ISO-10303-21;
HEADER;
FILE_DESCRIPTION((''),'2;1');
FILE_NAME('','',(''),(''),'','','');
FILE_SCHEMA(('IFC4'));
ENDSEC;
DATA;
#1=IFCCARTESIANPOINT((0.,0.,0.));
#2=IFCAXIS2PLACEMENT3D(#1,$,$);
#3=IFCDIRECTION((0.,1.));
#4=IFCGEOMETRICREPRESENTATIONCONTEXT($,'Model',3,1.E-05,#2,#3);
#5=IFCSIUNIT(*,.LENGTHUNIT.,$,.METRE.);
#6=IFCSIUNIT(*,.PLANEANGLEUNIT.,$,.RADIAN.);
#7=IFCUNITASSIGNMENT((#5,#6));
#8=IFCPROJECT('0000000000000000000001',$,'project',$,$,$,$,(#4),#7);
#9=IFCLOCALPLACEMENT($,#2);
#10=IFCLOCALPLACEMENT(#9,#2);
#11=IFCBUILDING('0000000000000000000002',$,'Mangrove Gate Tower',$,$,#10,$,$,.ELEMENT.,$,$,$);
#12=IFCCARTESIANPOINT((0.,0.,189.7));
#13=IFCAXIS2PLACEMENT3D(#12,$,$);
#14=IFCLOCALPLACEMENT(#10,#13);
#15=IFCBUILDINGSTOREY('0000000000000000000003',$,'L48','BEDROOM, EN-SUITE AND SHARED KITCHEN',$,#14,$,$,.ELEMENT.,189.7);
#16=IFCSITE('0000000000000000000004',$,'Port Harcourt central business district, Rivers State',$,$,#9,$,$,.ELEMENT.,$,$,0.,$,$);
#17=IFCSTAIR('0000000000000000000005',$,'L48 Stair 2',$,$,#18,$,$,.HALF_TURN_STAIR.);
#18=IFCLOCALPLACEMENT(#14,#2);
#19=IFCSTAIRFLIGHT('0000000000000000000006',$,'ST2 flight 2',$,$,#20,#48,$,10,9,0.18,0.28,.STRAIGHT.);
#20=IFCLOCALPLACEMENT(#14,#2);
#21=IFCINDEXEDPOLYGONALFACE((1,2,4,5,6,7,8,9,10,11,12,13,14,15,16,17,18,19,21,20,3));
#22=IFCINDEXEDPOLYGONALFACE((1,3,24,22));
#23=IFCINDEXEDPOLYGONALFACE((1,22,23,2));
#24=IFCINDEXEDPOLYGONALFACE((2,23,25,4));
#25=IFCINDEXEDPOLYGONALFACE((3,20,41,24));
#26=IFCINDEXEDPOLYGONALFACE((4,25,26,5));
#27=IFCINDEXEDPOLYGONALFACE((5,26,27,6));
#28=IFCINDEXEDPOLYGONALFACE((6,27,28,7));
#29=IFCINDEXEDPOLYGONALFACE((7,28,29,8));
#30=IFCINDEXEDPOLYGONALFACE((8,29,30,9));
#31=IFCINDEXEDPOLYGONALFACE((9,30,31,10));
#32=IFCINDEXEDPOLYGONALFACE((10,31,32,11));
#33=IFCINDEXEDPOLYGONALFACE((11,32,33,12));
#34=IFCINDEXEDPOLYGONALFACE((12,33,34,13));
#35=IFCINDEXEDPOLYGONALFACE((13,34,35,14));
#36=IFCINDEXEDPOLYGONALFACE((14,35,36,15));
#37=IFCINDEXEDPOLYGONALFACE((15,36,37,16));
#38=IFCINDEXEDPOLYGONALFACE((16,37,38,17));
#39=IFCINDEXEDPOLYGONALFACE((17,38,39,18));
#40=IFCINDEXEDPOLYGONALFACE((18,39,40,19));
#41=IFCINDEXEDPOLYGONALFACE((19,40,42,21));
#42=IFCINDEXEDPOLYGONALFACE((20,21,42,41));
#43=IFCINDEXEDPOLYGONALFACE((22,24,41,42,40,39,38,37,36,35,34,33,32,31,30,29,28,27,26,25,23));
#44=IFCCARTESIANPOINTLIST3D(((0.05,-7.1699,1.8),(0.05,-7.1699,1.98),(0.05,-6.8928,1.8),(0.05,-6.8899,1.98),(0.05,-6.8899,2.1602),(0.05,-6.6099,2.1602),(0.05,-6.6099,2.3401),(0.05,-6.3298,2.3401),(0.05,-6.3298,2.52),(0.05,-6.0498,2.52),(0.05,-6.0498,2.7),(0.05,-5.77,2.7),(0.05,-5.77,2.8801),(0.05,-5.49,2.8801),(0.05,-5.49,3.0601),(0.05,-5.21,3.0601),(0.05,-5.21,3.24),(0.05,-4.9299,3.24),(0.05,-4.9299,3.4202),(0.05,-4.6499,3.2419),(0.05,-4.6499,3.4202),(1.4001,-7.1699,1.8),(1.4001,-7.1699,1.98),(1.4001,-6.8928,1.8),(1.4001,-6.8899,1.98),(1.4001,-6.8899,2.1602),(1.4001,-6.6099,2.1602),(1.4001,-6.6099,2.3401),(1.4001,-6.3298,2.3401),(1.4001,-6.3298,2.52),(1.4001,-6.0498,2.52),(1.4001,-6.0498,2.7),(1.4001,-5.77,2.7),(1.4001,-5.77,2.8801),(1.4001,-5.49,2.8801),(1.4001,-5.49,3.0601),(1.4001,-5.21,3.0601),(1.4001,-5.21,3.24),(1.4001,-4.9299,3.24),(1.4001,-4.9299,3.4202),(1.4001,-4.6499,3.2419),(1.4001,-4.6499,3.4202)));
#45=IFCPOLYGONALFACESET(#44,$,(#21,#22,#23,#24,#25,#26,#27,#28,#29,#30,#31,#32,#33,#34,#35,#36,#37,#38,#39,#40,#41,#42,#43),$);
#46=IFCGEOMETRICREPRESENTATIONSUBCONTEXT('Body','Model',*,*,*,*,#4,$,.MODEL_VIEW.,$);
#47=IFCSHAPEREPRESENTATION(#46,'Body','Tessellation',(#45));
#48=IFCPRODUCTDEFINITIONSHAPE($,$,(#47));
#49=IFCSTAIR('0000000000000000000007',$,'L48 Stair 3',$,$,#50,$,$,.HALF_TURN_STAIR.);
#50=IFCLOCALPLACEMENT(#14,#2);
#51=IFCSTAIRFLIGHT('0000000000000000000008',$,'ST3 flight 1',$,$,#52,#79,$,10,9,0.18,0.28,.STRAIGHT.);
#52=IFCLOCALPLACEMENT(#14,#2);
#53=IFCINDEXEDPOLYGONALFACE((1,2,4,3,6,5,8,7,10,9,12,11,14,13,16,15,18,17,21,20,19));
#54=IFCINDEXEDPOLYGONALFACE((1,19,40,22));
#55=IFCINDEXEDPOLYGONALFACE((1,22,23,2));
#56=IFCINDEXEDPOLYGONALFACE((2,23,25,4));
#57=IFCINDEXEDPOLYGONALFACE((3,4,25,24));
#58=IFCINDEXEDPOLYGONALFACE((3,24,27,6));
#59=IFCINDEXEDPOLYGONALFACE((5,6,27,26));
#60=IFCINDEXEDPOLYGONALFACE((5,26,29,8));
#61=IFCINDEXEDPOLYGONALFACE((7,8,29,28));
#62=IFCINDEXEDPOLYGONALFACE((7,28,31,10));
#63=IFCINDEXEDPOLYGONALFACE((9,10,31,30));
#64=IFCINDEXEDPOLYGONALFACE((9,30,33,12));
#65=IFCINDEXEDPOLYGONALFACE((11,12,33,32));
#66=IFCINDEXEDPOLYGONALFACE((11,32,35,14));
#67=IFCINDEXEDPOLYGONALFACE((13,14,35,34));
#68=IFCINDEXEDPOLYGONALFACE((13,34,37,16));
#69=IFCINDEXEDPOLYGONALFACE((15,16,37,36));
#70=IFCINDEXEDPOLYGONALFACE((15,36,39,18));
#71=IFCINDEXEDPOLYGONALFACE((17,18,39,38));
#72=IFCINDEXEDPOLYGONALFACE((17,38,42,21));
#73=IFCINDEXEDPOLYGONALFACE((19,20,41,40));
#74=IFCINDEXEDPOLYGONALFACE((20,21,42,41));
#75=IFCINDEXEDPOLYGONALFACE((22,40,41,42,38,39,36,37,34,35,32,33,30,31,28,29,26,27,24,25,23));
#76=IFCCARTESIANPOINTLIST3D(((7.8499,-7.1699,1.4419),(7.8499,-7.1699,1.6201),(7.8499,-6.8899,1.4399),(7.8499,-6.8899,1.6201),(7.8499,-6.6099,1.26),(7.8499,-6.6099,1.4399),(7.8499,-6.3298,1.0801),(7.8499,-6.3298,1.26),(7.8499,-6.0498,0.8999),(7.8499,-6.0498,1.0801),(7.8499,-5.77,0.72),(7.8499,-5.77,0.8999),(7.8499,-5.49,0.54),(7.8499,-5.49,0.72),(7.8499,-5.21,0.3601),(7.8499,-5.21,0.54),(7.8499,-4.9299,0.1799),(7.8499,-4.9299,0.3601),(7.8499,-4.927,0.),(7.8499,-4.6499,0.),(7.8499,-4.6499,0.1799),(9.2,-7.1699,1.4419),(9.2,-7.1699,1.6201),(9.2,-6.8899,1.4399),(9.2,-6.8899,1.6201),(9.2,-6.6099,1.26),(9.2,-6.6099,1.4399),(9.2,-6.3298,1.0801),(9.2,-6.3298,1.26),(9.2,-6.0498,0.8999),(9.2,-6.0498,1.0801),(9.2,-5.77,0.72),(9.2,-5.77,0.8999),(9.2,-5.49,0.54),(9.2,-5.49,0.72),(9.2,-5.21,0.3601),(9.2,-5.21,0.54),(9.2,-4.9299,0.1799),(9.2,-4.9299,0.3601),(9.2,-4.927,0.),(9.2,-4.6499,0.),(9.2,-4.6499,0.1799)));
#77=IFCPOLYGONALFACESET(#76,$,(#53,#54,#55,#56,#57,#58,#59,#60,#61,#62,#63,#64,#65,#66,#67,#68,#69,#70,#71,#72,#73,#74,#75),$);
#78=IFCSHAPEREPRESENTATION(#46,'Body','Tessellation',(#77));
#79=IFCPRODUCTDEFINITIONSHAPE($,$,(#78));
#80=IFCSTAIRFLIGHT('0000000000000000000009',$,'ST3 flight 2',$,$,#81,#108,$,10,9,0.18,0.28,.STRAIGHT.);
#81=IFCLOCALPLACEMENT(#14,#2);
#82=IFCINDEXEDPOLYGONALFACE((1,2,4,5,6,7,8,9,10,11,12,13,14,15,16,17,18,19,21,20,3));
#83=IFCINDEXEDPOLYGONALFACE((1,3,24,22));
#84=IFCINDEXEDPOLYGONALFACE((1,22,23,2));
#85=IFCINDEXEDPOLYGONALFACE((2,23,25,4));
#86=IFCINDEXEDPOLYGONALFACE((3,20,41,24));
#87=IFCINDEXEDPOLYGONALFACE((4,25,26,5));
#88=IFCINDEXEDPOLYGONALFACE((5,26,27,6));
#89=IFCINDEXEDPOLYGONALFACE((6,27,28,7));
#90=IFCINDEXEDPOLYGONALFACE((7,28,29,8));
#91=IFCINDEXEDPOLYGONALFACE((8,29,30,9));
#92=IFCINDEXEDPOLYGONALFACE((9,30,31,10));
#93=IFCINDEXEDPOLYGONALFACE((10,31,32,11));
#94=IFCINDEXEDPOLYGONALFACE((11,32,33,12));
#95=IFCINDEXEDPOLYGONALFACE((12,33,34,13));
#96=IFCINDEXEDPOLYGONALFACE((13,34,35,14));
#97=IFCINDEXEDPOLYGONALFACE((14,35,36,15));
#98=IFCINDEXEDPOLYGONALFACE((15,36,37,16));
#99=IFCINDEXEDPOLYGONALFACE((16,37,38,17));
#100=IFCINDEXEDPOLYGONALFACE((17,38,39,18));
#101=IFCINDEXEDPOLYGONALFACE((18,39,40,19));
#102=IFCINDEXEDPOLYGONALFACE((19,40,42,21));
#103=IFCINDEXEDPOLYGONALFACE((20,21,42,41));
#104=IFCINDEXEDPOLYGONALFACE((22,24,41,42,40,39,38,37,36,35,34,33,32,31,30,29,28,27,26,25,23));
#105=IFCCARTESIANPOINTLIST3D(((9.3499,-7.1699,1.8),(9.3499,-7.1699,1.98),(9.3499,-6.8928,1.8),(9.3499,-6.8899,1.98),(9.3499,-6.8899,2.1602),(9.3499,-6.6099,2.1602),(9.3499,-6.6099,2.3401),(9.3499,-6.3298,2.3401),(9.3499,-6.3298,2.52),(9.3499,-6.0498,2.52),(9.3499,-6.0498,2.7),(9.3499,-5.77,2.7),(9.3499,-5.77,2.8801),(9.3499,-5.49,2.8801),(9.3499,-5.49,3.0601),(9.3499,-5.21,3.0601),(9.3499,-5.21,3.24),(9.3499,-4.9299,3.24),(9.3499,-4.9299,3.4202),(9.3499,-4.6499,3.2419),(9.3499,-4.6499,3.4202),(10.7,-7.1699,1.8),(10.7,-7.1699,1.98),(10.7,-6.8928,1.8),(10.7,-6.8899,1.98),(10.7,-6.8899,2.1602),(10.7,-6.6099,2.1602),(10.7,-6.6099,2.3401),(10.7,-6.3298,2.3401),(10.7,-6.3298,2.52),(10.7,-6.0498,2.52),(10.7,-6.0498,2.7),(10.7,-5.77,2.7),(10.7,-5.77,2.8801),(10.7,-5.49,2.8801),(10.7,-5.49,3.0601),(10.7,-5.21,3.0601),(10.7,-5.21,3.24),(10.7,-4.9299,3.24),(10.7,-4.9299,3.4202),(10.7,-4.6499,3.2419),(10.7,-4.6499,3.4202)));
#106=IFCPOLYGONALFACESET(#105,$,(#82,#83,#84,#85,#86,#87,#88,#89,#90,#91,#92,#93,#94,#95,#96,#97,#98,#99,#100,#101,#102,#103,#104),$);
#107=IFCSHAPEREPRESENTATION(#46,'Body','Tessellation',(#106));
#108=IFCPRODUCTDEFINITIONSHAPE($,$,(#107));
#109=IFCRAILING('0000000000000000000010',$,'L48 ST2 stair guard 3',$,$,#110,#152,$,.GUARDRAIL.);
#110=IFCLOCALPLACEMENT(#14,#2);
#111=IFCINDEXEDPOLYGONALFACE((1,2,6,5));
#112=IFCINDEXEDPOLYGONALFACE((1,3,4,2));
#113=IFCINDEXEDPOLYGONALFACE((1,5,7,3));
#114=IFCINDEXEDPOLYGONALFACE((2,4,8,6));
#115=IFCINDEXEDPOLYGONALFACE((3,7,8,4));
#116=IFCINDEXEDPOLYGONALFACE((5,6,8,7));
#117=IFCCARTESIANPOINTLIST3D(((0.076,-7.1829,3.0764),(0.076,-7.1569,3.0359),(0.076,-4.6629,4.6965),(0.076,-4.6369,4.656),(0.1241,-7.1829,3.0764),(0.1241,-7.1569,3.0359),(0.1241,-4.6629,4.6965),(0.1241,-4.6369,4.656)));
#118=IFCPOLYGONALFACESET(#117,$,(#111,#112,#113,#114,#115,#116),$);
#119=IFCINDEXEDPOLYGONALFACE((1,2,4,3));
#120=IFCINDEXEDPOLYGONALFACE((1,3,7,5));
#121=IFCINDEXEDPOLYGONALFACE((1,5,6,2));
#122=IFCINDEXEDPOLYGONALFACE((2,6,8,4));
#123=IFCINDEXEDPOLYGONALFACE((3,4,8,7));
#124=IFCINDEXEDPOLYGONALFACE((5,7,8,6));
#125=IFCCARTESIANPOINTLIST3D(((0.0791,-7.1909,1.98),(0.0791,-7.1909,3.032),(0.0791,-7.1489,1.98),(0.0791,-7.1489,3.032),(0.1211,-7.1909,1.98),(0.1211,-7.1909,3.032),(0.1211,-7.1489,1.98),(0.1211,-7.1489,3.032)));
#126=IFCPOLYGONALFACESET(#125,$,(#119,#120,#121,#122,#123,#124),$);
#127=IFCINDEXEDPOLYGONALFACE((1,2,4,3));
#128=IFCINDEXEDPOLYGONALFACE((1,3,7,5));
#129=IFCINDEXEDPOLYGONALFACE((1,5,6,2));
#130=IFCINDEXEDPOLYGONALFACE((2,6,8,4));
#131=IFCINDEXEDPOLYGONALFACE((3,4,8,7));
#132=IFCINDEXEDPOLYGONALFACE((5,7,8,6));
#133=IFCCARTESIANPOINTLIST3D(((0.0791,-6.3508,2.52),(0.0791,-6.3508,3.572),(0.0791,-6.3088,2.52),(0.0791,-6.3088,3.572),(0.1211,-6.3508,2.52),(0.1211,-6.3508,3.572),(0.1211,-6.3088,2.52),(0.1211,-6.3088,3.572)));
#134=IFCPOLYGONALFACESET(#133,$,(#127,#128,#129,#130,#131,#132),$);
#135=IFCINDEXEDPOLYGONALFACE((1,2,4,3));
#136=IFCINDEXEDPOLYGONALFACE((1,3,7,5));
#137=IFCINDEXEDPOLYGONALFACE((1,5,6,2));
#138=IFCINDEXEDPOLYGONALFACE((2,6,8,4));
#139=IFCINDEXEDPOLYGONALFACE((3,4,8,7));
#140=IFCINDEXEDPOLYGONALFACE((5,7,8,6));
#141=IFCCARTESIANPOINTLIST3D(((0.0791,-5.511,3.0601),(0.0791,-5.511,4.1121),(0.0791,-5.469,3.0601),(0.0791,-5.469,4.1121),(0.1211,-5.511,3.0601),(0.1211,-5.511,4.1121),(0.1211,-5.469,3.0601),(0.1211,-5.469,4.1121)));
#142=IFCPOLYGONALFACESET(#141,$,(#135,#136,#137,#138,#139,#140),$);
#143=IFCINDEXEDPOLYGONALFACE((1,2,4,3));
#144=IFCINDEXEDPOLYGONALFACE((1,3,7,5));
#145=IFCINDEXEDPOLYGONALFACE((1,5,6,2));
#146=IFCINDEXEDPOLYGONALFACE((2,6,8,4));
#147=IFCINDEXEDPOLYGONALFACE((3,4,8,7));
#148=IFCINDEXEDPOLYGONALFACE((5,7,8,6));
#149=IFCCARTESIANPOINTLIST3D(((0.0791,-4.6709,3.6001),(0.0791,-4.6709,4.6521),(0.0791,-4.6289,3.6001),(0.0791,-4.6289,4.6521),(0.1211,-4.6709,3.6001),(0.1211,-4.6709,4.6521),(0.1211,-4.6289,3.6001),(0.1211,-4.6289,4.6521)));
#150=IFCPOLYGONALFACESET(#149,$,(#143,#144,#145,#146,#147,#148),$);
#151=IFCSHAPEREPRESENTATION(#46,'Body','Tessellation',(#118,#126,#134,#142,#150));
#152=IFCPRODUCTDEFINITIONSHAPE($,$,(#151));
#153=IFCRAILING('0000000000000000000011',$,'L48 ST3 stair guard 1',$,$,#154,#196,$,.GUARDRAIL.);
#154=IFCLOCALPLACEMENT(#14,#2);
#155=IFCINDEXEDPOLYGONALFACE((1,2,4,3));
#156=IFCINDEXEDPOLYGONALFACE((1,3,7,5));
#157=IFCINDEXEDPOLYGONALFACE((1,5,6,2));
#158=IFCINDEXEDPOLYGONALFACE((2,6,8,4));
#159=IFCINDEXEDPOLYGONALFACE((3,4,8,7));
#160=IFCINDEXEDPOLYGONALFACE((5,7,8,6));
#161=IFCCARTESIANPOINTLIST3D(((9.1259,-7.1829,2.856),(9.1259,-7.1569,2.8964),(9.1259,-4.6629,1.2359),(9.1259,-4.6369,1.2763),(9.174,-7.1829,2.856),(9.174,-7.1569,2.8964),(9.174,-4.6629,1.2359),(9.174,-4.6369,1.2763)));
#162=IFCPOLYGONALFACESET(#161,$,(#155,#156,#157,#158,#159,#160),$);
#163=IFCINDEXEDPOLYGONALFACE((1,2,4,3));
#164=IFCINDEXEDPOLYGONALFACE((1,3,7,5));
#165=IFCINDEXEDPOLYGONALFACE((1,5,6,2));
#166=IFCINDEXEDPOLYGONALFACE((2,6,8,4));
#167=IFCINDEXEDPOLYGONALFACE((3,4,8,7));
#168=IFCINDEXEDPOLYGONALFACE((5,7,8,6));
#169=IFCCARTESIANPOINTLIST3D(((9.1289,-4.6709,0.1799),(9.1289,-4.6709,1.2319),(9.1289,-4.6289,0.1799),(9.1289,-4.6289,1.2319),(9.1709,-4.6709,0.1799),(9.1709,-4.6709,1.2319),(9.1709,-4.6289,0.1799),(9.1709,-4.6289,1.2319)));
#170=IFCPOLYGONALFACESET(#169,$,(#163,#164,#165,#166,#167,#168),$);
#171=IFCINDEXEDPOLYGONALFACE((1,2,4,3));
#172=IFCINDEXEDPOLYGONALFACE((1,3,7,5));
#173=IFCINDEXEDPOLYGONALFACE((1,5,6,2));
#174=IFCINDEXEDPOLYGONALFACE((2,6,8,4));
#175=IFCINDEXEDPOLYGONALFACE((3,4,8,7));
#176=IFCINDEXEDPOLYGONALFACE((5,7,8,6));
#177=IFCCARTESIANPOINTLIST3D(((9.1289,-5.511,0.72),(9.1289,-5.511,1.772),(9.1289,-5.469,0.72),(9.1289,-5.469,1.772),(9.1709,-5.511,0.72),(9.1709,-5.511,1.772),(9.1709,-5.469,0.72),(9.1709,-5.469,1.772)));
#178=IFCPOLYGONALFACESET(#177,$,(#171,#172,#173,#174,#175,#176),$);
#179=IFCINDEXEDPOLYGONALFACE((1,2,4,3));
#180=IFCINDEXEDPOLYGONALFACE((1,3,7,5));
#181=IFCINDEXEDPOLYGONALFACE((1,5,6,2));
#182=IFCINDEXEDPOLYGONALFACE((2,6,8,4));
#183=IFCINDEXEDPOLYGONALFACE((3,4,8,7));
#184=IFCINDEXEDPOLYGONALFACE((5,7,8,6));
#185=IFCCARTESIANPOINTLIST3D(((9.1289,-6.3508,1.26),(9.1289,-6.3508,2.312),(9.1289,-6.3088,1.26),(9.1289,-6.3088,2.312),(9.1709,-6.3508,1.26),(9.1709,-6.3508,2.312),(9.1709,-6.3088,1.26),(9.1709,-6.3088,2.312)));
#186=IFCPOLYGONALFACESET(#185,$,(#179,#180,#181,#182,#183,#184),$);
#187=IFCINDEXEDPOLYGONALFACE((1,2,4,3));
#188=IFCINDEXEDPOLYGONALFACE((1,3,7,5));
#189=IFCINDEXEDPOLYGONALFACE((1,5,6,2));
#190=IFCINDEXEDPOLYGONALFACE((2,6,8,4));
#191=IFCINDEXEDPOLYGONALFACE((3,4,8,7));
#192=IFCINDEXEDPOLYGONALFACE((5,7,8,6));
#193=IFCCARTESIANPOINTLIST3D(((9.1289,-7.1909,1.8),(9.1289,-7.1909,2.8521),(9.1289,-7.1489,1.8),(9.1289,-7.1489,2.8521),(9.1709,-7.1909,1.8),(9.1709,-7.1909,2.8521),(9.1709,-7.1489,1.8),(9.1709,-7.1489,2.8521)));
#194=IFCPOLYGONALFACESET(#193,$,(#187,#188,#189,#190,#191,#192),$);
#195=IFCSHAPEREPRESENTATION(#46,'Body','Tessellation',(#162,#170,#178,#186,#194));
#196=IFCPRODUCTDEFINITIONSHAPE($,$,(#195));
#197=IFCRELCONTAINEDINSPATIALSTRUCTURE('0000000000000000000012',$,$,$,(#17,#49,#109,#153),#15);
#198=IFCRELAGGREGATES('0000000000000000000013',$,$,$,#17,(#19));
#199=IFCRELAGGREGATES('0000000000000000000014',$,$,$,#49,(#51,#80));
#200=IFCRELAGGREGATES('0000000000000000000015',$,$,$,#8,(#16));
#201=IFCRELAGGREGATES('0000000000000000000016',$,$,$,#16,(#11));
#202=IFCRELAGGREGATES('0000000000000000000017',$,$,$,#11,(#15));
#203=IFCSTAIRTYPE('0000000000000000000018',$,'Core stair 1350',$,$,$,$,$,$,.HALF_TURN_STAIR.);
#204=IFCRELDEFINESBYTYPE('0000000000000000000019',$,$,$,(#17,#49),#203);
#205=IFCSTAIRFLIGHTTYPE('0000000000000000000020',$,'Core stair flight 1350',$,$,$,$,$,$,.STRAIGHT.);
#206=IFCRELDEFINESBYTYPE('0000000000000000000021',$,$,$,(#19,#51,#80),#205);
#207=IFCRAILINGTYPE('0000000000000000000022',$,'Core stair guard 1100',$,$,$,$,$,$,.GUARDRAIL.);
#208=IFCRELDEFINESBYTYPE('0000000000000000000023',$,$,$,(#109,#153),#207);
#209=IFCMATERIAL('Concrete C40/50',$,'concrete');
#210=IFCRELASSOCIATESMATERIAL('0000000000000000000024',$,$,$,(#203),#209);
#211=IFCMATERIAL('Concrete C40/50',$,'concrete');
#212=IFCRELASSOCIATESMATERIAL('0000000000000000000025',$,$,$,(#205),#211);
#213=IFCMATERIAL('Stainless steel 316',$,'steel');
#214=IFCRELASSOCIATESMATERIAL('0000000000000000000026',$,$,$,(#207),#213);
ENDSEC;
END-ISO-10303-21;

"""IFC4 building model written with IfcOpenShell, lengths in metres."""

from ifc_helpers import new_model, si_unit, direction, frame, origin, origin_2d, place, context, subcontext, project, spatial, polyline, rectangle, outline, extrude, material, type_object, element, aggregate, save


model = new_model("IFC4")

# Units and contexts
model_context = context("Model", 3, precision=1e-05, world=origin(), true_north=direction((0.0, 1.0)))
body_context = subcontext(model_context, "Body", "Model", "MODEL_VIEW")
ifc_project = project(units=[si_unit("LENGTHUNIT", "METRE"), si_unit("PLANEANGLEUNIT", "RADIAN")], contexts=[model_context])

# Site, building, storey
site_placement = place(None, origin())
site = spatial("IfcSite", under=ifc_project, at=site_placement, Name="Port Harcourt central business district, Rivers State", CompositionType="ELEMENT", RefElevation=0.0)
building_placement = place(site_placement, origin())
building = spatial("IfcBuilding", under=site, at=building_placement, Name="Mangrove Gate Tower", CompositionType="ELEMENT")
storey_placement = place(building_placement, frame((0.0, 0.0, 189.7)))
storey = spatial("IfcBuildingStorey", under=building, at=storey_placement, Name="L48", Description="BEDROOM, EN-SUITE AND SHARED KITCHEN", CompositionType="ELEMENT", Elevation=189.7)

# Stair, stair flight
ifc_material_1 = material(Name="Concrete C40/50", Category="concrete")
stair_type = type_object("IfcStairType", Name="Core stair 1350", PredefinedType="HALF_TURN_STAIR", material=ifc_material_1)
stair_1_placement = place(storey_placement, origin())
stair_1 = element("IfcStair", 1, at=stair_1_placement, inside=storey, type_object=stair_type, Name="L48 Stair 2", PredefinedType="HALF_TURN_STAIR")
ifc_material_2 = material(Name="Concrete C40/50", Category="concrete")
stair_flight_type = type_object("IfcStairFlightType", Name="Core stair flight 1350", PredefinedType="STRAIGHT", material=ifc_material_2)
stair_flight_1_placement = place(storey_placement, frame((0.7251, -7.1699, 1.8), z_axis=(0.0, 0.0, 1.0), x_axis=(0.0, 1.0, 0.0)))
stair_flight_1 = element("IfcStairFlight", 2, at=stair_flight_1_placement, type_object=stair_flight_type, Name="ST2 flight 2", NumberOfRisers=10, NumberOfTreads=9, PredefinedType="STRAIGHT", RiserHeight=0.18, TreadLength=0.28, context=body_context, shape_type="SweptSolid", body=[
    extrude(outline(polyline([(0.0, 0.0), (0.0, 0.1799), (0.28, 0.1799), (0.28, 0.3601), (0.5601, 0.3601), (0.5601, 0.54), (0.8401, 0.54), (0.8401, 0.72), (1.1201, 0.72), (1.1201, 0.8999), (1.3999, 0.8999), (1.3999, 1.0801), (1.6799, 1.0801), (1.6799, 1.26), (1.96, 1.26), (1.96, 1.4399), (2.24, 1.4399), (2.24, 1.6201), (2.52, 1.6201), (2.52, 1.8), (2.52, 1.4419), (0.2771, 0.0), (0.0, 0.0)])), frame((0.0, 0.675, 0.0), z_axis=(0.0, -1.0, 0.0), x_axis=(1.0, 0.0, 0.0)), (0.0, 0.0, 1.0), 1.3501),
])
aggregate(stair_1, [stair_flight_1])

# Stair, stair flights
stair_2_placement = place(storey_placement, origin())
stair_2 = element("IfcStair", 3, at=stair_2_placement, inside=storey, type_object=stair_type, Name="L48 Stair 3", PredefinedType="HALF_TURN_STAIR")
stair_flight_2_placement = place(storey_placement, frame((8.5249, -4.6499, 0.0), z_axis=(0.0, 0.0, 1.0), x_axis=(0.0, -1.0, 0.0)))
stair_flight_2 = element("IfcStairFlight", 4, at=stair_flight_2_placement, type_object=stair_flight_type, Name="ST3 flight 1", NumberOfRisers=10, NumberOfTreads=9, PredefinedType="STRAIGHT", RiserHeight=0.18, TreadLength=0.28, context=body_context, shape_type="SweptSolid", body=[
    extrude(outline(polyline([(0.0, 0.0), (0.0, 0.1799), (0.28, 0.1799), (0.28, 0.3601), (0.5601, 0.3601), (0.5601, 0.54), (0.8401, 0.54), (0.8401, 0.72), (1.1201, 0.72), (1.1201, 0.8999), (1.3999, 0.8999), (1.3999, 1.0801), (1.6799, 1.0801), (1.6799, 1.26), (1.96, 1.26), (1.96, 1.4399), (2.24, 1.4399), (2.24, 1.6201), (2.52, 1.6201), (2.52, 1.8), (2.52, 1.4419), (0.2771, 0.0), (0.0, 0.0)])), frame((0.0, 0.675, 0.0), z_axis=(0.0, -1.0, 0.0), x_axis=(1.0, 0.0, 0.0)), (0.0, 0.0, 1.0), 1.3501),
])
stair_flight_3_placement = place(storey_placement, frame((10.0249, -7.1699, 1.8), z_axis=(0.0, 0.0, 1.0), x_axis=(0.0, 1.0, 0.0)))
stair_flight_3 = element("IfcStairFlight", 5, at=stair_flight_3_placement, type_object=stair_flight_type, Name="ST3 flight 2", NumberOfRisers=10, NumberOfTreads=9, PredefinedType="STRAIGHT", RiserHeight=0.18, TreadLength=0.28, context=body_context, shape_type="SweptSolid", body=[
    extrude(outline(polyline([(0.0, 0.0), (0.0, 0.1799), (0.28, 0.1799), (0.28, 0.3601), (0.5601, 0.3601), (0.5601, 0.54), (0.8401, 0.54), (0.8401, 0.72), (1.1201, 0.72), (1.1201, 0.8999), (1.3999, 0.8999), (1.3999, 1.0801), (1.6799, 1.0801), (1.6799, 1.26), (1.96, 1.26), (1.96, 1.4399), (2.24, 1.4399), (2.24, 1.6201), (2.52, 1.6201), (2.52, 1.8), (2.52, 1.4419), (0.2771, 0.0), (0.0, 0.0)])), frame((0.0, 0.675, 0.0), z_axis=(0.0, -1.0, 0.0), x_axis=(1.0, 0.0, 0.0)), (0.0, 0.0, 1.0), 1.3501),
])
aggregate(stair_2, [stair_flight_2, stair_flight_3])

# Railings
ifc_material_3 = material(Name="Stainless steel 316", Category="steel")
railing_type_1 = type_object("IfcRailingType", Name="Core stair guard 1100", PredefinedType="GUARDRAIL", material=ifc_material_3)
railing_1_placement = place(storey_placement, frame((0.1001, -7.1699, 1.98)))
element("IfcRailing", 6, at=railing_1_placement, inside=storey, type_object=railing_type_1, Name="L48 ST2 stair guard 3", PredefinedType="GUARDRAIL", context=body_context, shape_type="SweptSolid", body=[
    extrude(rectangle(XDim=0.0481, YDim=0.0481, at=origin_2d()), frame((0.0, 0.0, 1.0762), z_axis=(0.0, 0.841163, 0.540782), x_axis=(-1.0, 0.0, 0.0)), (0.0, 0.0, 1.0), 2.9958),
    extrude(rectangle(XDim=0.042, YDim=0.042, at=origin_2d()), origin(), (0.0, 0.0, 1.0), 1.052),
    extrude(rectangle(XDim=0.042, YDim=0.042, at=origin_2d()), frame((0.0, 0.8401, 0.54)), (0.0, 0.0, 1.0), 1.052),
    extrude(rectangle(XDim=0.042, YDim=0.042, at=origin_2d()), frame((0.0, 1.6799, 1.0801)), (0.0, 0.0, 1.0), 1.052),
    extrude(rectangle(XDim=0.042, YDim=0.042, at=origin_2d()), frame((0.0, 2.52, 1.6201)), (0.0, 0.0, 1.0), 1.052),
])
railing_2_placement = place(storey_placement, frame((9.1499, -4.6499, 0.1799)))
element("IfcRailing", 7, at=railing_2_placement, inside=storey, type_object=railing_type_1, Name="L48 ST3 stair guard 1", PredefinedType="GUARDRAIL", context=body_context, shape_type="SweptSolid", body=[
    extrude(rectangle(XDim=0.0481, YDim=0.0481, at=origin_2d()), frame((0.0, 0.0, 1.0762), z_axis=(0.0, -0.841163, 0.540782), x_axis=(1.0, 0.0, 0.0)), (0.0, 0.0, 1.0), 2.9958),
    extrude(rectangle(XDim=0.042, YDim=0.042, at=origin_2d()), origin(), (0.0, 0.0, 1.0), 1.052),
    extrude(rectangle(XDim=0.042, YDim=0.042, at=origin_2d()), frame((0.0, -0.8401, 0.54)), (0.0, 0.0, 1.0), 1.052),
    extrude(rectangle(XDim=0.042, YDim=0.042, at=origin_2d()), frame((0.0, -1.6799, 1.0801)), (0.0, 0.0, 1.0), 1.052),
    extrude(rectangle(XDim=0.042, YDim=0.042, at=origin_2d()), frame((0.0, -2.52, 1.6201)), (0.0, 0.0, 1.0), 1.052),
])

save(model, "model.ifc")
